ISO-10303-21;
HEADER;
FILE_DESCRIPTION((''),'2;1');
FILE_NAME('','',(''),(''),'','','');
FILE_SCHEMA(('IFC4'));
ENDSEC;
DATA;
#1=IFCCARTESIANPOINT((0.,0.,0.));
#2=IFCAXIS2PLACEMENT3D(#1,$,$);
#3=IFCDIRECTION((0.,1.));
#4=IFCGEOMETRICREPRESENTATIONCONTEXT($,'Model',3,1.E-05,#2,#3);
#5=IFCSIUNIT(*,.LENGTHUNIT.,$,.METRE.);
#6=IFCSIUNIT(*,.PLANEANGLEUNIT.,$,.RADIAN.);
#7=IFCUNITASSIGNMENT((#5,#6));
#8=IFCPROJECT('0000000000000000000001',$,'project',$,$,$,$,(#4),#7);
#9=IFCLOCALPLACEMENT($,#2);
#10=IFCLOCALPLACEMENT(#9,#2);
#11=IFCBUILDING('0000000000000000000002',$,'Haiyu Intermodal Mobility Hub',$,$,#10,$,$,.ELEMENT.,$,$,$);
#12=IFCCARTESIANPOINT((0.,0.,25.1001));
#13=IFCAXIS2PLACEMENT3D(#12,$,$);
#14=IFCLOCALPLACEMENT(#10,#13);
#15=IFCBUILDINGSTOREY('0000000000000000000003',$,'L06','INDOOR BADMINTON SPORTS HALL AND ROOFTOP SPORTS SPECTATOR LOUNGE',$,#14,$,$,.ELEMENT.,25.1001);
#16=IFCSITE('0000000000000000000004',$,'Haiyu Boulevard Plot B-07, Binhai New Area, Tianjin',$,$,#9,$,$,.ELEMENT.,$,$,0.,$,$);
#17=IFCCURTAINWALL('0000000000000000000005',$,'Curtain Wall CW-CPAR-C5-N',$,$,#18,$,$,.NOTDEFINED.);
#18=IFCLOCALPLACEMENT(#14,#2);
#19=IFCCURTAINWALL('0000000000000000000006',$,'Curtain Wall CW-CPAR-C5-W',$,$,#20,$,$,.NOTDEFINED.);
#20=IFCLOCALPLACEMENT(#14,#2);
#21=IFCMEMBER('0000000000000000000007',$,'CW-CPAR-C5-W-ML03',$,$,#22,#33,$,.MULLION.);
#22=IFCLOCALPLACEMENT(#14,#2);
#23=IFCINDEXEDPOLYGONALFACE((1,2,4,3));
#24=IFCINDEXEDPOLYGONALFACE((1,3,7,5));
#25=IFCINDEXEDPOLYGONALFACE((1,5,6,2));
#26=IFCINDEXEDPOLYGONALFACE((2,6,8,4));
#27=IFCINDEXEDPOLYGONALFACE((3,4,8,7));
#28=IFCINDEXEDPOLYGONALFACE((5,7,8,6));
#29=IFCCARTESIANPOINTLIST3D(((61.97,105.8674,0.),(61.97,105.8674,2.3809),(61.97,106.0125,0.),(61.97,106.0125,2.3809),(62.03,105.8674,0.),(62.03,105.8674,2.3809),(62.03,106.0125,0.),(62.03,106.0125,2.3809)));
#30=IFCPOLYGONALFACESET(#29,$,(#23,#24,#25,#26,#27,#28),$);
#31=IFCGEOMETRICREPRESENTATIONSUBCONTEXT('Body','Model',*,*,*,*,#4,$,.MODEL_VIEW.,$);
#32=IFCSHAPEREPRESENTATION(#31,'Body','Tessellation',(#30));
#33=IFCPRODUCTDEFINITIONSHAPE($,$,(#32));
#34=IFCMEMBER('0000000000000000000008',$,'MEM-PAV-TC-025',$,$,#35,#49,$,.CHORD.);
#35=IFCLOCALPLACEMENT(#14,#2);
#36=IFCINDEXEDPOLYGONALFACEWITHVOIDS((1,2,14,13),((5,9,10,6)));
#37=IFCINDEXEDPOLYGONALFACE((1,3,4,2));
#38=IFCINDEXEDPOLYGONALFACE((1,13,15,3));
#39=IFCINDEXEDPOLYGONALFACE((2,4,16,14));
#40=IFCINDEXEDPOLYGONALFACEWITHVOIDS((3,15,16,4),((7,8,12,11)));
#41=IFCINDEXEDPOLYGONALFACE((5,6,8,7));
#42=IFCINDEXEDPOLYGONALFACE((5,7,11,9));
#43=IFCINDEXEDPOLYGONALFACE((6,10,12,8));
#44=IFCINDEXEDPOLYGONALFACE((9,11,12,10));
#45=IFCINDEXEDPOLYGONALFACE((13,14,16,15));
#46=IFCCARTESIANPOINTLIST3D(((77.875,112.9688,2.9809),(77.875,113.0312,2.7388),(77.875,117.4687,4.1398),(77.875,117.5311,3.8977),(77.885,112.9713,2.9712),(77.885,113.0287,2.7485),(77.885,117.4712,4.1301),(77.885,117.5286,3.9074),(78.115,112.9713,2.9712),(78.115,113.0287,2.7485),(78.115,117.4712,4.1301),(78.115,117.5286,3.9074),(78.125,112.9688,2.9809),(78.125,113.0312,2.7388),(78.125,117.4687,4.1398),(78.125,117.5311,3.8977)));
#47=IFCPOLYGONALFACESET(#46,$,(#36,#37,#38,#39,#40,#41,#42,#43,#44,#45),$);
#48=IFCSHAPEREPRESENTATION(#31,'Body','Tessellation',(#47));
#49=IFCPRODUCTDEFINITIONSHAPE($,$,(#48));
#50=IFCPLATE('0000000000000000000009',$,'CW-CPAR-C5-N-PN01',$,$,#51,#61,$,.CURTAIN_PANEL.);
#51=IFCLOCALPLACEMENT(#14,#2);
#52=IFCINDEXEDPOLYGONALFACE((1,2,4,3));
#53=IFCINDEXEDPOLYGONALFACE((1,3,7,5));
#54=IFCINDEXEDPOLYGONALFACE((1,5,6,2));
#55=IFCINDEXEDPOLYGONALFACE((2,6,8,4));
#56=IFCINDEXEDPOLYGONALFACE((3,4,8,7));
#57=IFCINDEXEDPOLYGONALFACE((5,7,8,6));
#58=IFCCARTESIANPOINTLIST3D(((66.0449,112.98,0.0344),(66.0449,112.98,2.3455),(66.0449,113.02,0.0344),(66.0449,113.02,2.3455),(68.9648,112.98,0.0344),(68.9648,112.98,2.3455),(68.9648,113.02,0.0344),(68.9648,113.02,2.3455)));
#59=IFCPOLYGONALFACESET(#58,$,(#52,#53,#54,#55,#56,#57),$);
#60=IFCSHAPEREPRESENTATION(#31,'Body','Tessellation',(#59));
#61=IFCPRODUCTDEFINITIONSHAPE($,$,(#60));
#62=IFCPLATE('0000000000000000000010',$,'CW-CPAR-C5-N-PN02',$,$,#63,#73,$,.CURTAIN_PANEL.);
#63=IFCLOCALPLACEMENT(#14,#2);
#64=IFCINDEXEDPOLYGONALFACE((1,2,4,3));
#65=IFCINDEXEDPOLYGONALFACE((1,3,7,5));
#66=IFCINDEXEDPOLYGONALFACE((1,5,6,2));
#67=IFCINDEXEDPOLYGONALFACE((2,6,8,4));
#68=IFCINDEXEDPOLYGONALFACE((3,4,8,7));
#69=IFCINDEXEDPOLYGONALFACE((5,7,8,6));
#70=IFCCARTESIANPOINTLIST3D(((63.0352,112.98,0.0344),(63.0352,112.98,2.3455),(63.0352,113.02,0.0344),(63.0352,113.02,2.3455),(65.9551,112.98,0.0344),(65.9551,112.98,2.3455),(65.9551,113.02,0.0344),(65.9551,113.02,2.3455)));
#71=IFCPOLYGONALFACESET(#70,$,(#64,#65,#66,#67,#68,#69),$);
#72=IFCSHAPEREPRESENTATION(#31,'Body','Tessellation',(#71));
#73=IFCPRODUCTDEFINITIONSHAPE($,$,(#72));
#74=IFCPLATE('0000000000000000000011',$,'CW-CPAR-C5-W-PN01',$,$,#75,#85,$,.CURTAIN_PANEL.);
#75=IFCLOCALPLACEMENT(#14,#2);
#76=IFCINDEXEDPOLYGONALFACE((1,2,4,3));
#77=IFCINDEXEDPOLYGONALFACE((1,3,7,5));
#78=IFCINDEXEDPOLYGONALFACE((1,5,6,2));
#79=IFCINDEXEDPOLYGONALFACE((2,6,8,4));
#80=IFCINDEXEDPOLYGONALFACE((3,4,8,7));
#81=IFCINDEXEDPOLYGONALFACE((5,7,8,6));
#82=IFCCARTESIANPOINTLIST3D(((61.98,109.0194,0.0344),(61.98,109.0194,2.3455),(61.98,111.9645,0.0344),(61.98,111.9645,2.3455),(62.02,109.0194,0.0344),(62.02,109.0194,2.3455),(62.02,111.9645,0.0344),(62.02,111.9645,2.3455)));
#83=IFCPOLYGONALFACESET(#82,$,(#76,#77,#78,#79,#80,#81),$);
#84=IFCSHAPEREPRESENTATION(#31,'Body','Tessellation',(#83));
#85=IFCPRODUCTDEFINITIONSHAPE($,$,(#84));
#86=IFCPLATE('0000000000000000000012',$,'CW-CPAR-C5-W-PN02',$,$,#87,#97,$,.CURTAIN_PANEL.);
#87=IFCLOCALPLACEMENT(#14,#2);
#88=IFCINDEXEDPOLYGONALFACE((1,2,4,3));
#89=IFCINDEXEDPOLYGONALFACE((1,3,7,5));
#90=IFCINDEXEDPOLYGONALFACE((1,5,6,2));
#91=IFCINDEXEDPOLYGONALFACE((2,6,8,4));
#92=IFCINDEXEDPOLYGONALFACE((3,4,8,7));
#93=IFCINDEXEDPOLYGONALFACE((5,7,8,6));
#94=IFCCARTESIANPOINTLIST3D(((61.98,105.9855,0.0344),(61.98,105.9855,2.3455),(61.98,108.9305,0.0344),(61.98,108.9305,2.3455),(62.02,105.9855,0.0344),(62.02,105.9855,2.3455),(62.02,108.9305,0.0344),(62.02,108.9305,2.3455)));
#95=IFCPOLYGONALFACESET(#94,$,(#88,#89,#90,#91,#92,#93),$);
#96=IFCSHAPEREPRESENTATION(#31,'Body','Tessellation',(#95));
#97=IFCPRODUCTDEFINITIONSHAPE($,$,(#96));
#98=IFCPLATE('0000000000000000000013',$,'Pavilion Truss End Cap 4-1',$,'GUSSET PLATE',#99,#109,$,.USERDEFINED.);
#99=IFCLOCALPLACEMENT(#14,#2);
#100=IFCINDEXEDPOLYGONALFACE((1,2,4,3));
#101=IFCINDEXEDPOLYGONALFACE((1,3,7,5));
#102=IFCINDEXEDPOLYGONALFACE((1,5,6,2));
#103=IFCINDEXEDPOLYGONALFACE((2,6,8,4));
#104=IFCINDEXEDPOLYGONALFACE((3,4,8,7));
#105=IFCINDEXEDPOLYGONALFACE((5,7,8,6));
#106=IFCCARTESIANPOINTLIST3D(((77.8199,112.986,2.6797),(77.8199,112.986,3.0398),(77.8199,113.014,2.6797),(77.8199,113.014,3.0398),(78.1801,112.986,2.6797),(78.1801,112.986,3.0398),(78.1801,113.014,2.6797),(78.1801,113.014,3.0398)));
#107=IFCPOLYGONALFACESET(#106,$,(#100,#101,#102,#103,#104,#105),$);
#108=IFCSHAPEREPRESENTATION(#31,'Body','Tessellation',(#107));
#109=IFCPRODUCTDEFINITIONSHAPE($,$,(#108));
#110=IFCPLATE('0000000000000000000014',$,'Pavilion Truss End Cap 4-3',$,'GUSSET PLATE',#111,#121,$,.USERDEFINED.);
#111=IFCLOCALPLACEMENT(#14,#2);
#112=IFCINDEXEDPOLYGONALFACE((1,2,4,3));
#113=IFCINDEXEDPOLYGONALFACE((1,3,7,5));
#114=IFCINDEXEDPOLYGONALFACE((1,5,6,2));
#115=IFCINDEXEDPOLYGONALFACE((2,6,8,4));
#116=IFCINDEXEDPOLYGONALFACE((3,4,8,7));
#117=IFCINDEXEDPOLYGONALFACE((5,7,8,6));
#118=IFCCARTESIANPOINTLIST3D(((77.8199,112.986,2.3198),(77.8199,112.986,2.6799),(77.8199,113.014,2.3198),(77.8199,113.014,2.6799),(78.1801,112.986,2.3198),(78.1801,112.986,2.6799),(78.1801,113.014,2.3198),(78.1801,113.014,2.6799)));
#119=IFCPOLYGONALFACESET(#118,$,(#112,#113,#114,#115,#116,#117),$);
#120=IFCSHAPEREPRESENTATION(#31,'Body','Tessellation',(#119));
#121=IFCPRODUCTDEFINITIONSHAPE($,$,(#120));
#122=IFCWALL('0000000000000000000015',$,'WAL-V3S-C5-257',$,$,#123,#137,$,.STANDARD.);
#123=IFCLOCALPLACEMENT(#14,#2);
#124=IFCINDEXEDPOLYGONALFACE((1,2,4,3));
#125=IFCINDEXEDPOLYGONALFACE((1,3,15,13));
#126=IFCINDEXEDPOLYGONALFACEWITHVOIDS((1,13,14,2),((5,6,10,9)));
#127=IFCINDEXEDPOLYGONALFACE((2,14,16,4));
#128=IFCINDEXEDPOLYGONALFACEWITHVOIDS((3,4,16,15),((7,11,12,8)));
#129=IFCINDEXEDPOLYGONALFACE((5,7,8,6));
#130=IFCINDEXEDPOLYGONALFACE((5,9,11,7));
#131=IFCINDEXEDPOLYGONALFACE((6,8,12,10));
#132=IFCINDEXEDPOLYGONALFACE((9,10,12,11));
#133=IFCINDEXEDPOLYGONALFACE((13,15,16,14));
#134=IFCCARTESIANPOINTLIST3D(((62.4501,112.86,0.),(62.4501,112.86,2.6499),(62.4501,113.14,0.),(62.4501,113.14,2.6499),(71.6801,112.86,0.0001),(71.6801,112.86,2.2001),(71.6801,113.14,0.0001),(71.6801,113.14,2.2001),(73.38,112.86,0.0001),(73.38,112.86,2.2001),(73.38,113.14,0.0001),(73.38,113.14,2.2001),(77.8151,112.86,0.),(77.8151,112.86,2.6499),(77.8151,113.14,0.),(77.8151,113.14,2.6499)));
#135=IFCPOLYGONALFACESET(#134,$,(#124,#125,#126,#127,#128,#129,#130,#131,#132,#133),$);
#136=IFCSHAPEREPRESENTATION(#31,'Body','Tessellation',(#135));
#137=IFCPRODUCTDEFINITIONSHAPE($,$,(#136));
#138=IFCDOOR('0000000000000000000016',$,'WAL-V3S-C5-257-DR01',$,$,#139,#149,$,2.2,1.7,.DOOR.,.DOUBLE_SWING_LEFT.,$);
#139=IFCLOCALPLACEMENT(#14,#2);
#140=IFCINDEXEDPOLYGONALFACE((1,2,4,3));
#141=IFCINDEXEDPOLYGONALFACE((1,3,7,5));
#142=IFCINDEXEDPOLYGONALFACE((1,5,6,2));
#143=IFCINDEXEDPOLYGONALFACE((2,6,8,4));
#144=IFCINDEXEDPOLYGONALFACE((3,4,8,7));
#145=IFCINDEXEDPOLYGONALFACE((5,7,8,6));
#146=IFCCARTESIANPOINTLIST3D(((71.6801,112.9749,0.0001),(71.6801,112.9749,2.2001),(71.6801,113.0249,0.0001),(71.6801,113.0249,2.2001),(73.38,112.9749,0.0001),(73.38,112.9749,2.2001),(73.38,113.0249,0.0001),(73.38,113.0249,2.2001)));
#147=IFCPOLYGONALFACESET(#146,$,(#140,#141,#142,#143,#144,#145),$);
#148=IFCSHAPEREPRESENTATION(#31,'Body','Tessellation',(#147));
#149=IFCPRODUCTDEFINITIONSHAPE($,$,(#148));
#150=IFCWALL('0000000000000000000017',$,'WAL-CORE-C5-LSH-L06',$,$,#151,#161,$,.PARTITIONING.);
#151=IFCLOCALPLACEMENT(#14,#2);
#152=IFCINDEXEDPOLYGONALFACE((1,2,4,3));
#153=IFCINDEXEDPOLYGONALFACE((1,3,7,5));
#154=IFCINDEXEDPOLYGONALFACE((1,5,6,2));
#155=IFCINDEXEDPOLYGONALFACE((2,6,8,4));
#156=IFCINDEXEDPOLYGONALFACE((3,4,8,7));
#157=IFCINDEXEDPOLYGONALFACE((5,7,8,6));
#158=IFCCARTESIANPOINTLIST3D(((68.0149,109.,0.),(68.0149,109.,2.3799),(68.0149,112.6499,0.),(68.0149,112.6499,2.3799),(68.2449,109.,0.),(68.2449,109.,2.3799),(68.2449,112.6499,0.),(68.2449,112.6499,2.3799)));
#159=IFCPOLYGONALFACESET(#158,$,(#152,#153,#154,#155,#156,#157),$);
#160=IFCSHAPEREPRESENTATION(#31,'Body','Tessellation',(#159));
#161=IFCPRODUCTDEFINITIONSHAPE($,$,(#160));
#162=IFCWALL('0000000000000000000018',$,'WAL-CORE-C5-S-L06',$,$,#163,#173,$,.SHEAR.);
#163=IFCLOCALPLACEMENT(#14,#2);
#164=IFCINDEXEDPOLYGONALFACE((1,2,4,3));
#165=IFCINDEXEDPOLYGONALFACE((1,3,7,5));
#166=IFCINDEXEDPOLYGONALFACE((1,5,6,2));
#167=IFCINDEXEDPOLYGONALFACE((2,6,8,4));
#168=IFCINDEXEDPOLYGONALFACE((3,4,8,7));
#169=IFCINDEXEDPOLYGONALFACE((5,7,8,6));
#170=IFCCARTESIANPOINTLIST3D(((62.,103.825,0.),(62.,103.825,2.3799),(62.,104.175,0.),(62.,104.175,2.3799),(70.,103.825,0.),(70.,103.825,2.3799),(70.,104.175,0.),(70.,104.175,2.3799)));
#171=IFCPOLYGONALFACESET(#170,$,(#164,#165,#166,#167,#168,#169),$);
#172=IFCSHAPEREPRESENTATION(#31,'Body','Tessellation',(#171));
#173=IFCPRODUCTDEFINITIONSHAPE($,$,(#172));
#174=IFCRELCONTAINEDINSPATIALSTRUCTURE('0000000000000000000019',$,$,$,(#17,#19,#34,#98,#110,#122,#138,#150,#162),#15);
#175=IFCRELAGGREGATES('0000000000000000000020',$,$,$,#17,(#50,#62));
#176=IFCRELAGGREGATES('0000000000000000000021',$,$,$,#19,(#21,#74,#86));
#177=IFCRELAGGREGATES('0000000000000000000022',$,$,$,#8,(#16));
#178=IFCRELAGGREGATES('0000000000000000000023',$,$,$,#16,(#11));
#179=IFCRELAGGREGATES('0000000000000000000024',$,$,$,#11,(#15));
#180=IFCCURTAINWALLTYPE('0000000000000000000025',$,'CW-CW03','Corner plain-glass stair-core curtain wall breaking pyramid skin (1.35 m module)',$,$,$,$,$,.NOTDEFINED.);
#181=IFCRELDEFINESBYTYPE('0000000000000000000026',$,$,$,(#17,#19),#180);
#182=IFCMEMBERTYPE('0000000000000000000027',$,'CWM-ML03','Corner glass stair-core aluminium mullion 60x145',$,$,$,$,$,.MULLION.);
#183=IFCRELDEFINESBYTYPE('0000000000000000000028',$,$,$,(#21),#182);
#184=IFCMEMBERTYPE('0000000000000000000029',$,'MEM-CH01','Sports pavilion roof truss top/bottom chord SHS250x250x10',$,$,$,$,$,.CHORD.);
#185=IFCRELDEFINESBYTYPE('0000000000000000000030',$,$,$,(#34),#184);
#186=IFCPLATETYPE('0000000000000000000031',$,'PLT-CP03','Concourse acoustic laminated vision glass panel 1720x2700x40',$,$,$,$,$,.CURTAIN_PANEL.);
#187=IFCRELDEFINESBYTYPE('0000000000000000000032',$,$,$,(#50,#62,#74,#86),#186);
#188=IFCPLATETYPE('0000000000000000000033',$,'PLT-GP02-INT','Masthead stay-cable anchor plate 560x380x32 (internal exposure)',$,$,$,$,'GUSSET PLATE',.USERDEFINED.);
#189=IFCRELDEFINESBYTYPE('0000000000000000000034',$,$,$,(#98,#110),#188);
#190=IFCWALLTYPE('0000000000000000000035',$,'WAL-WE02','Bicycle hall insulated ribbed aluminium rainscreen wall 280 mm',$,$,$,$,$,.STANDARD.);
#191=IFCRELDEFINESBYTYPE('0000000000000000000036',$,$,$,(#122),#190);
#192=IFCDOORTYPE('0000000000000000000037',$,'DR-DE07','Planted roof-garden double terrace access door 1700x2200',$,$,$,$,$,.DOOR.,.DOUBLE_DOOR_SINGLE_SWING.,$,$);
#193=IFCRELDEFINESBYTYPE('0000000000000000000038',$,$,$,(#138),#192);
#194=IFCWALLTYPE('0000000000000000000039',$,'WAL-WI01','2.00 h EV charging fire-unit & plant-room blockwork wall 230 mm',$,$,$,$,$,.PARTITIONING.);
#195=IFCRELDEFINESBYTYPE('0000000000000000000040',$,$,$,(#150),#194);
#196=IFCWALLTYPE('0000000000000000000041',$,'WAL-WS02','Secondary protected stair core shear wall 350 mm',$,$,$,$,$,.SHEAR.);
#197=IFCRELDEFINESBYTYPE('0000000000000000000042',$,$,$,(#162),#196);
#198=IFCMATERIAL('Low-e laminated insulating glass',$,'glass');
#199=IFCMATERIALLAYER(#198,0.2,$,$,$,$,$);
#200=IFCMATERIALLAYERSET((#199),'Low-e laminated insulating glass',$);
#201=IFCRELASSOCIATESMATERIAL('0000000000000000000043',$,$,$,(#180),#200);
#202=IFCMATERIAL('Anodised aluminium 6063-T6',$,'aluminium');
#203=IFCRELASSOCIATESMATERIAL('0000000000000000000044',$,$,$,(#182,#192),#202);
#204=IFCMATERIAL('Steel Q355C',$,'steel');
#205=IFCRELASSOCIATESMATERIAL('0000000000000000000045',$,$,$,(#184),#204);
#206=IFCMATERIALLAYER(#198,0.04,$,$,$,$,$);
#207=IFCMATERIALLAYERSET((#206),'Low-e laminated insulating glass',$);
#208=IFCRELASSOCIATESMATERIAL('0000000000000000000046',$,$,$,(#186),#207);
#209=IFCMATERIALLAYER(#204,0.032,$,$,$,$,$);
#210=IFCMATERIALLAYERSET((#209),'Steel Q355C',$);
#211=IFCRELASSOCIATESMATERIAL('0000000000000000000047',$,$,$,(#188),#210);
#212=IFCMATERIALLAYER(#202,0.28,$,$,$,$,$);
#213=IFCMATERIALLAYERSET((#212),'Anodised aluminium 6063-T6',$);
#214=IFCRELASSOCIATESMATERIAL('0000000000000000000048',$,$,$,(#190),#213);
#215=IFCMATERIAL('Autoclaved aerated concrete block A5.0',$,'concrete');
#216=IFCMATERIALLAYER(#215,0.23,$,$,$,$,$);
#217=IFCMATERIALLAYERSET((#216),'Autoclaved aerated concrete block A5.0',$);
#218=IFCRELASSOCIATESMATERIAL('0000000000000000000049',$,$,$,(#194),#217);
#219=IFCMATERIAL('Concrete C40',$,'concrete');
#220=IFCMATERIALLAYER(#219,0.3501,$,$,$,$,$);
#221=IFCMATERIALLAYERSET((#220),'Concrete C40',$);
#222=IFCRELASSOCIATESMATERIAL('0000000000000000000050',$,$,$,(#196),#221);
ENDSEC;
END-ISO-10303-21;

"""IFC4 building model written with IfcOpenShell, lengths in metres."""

from ifc_helpers import new_model, si_unit, direction, frame, frame_2d, origin, origin_2d, place, context, subcontext, project, spatial, rectangle, hollow_rectangle, extrude, material, layer, layer_set, material_profile, profile_set, type_object, element, fill, aggregate, save


model = new_model("IFC4")

# Units and contexts
model_context = context("Model", 3, precision=1e-05, world=origin(), true_north=direction((0.0, 1.0)))
body_context = subcontext(model_context, "Body", "Model", "MODEL_VIEW")
ifc_project = project(units=[si_unit("LENGTHUNIT", "METRE"), si_unit("PLANEANGLEUNIT", "RADIAN")], contexts=[model_context])

# Site, building, storey
site_placement = place(None, origin())
site = spatial("IfcSite", under=ifc_project, at=site_placement, Name="Haiyu Boulevard Plot B-07, Binhai New Area, Tianjin", CompositionType="ELEMENT", RefElevation=0.0)
building_placement = place(site_placement, origin())
building = spatial("IfcBuilding", under=site, at=building_placement, Name="Haiyu Intermodal Mobility Hub", CompositionType="ELEMENT")
storey_placement = place(building_placement, frame((0.0, 0.0, 25.1001)))
storey = spatial("IfcBuildingStorey", under=building, at=storey_placement, Name="L06", Description="INDOOR BADMINTON SPORTS HALL AND ROOFTOP SPORTS SPECTATOR LOUNGE", CompositionType="ELEMENT", Elevation=25.1001)

# Shared definitions
ifc_material_1 = material(Name="Steel Q355C", Category="steel")

# Curtain walls, member
ifc_material_2 = material(Name="Low-e laminated insulating glass", Category="glass")
ifc_layer_1 = layer(ifc_material_2, 0.2)
ifc_layer_set_1 = layer_set([ifc_layer_1], Name="Low-e laminated insulating glass")
curtain_wall_type = type_object("IfcCurtainWallType", Name="CW-CW03", Description="Corner plain-glass stair-core curtain wall breaking pyramid skin (1.35 m module)", PredefinedType="NOTDEFINED", material=ifc_layer_set_1)
curtain_wall_1_placement = place(storey_placement, origin())
curtain_wall_1 = element("IfcCurtainWall", 1, at=curtain_wall_1_placement, inside=storey, type_object=curtain_wall_type, Name="Curtain Wall CW-CPAR-C5-N", PredefinedType="NOTDEFINED")
ifc_material_3 = material(Name="Anodised aluminium 6063-T6", Category="aluminium")
ifc_material_profile_1 = material_profile(ifc_material_3, rectangle(XDim=0.0601, YDim=0.145, at=origin_2d()), Name="ALU60x145")
ifc_profile_set_1 = profile_set([ifc_material_profile_1], Name="Anodised aluminium 6063-T6")
member_type_1 = type_object("IfcMemberType", Name="CWM-ML03", Description="Corner glass stair-core aluminium mullion 60x145", PredefinedType="MULLION", material=ifc_profile_set_1)
curtain_wall_2_placement = place(storey_placement, origin())
curtain_wall_2 = element("IfcCurtainWall", 2, at=curtain_wall_2_placement, inside=storey, type_object=curtain_wall_type, Name="Curtain Wall CW-CPAR-C5-W", PredefinedType="NOTDEFINED")
member_1_placement = place(storey_placement, frame((62.0, 105.9399, 0.0), z_axis=(0.0, 0.0, 1.0), x_axis=(1.0, 0.0, 0.0)))
member_1 = element("IfcMember", 3, at=member_1_placement, type_object=member_type_1, Name="CW-CPAR-C5-W-ML03", PredefinedType="MULLION", context=body_context, shape_type="SweptSolid", body=[
    extrude(rectangle(XDim=0.0601, YDim=0.145, at=origin_2d()), origin(), (0.0, 0.0, 1.0), 2.3809),
])

# Member
ifc_material_profile_2 = material_profile(ifc_material_1, hollow_rectangle(XDim=0.25, YDim=0.25, WallThickness=0.01, at=origin_2d()), Name="SHS250x250x10")
ifc_profile_set_2 = profile_set([ifc_material_profile_2], Name="Steel Q355C")
member_type_2 = type_object("IfcMemberType", Name="MEM-CH01", Description="Sports pavilion roof truss top/bottom chord SHS250x250x10", PredefinedType="CHORD", material=ifc_profile_set_2)
member_2_placement = place(storey_placement, frame((78.0, 113.0, 2.8599), z_axis=(0.0, 0.9684, 0.249403), x_axis=(-1.0, 0.0, 0.0)))
element("IfcMember", 4, at=member_2_placement, inside=storey, type_object=member_type_2, Name="MEM-PAV-TC-025", PredefinedType="CHORD", context=body_context, shape_type="SweptSolid", body=[
    extrude(hollow_rectangle(XDim=0.25, YDim=0.25, WallThickness=0.01, at=origin_2d()), origin(), (0.0, 0.0, 1.0), 4.6467),
])

# Plates
ifc_layer_2 = layer(ifc_material_2, 0.04)
ifc_layer_set_2 = layer_set([ifc_layer_2], Name="Low-e laminated insulating glass")
plate_type_1 = type_object("IfcPlateType", Name="PLT-CP03", Description="Concourse acoustic laminated vision glass panel 1720x2700x40", PredefinedType="CURTAIN_PANEL", material=ifc_layer_set_2)
plate_1_placement = place(storey_placement, frame((67.5049, 113.0, 0.0344), z_axis=(0.0, 0.0, 1.0), x_axis=(-1.0, 0.0, 0.0)))
plate_1 = element("IfcPlate", 5, at=plate_1_placement, type_object=plate_type_1, Name="CW-CPAR-C5-N-PN01", PredefinedType="CURTAIN_PANEL", context=body_context, shape_type="SweptSolid", body=[
    extrude(rectangle(XDim=2.9199, YDim=0.04, at=origin_2d()), origin(), (0.0, 0.0, 1.0), 2.311),
])
plate_2_placement = place(storey_placement, frame((64.4951, 113.0, 0.0344), z_axis=(0.0, 0.0, 1.0), x_axis=(-1.0, 0.0, 0.0)))
plate_2 = element("IfcPlate", 6, at=plate_2_placement, type_object=plate_type_1, Name="CW-CPAR-C5-N-PN02", PredefinedType="CURTAIN_PANEL", context=body_context, shape_type="SweptSolid", body=[
    extrude(rectangle(XDim=2.9199, YDim=0.04, at=origin_2d()), origin(), (0.0, 0.0, 1.0), 2.311),
])
aggregate(curtain_wall_1, [plate_1, plate_2])
plate_3_placement = place(storey_placement, frame((62.0, 110.4919, 0.0344), z_axis=(0.0, 0.0, 1.0), x_axis=(0.0, -1.0, 0.0)))
plate_3 = element("IfcPlate", 7, at=plate_3_placement, type_object=plate_type_1, Name="CW-CPAR-C5-W-PN01", PredefinedType="CURTAIN_PANEL", context=body_context, shape_type="SweptSolid", body=[
    extrude(rectangle(XDim=2.9451, YDim=0.04, at=origin_2d()), origin(), (0.0, 0.0, 1.0), 2.311),
])
plate_4_placement = place(storey_placement, frame((62.0, 107.458, 0.0344), z_axis=(0.0, 0.0, 1.0), x_axis=(0.0, -1.0, 0.0)))
plate_4 = element("IfcPlate", 8, at=plate_4_placement, type_object=plate_type_1, Name="CW-CPAR-C5-W-PN02", PredefinedType="CURTAIN_PANEL", context=body_context, shape_type="SweptSolid", body=[
    extrude(rectangle(XDim=2.9451, YDim=0.04, at=origin_2d()), origin(), (0.0, 0.0, 1.0), 2.311),
])
aggregate(curtain_wall_2, [member_1, plate_3, plate_4])

# Plates
ifc_layer_3 = layer(ifc_material_1, 0.032)
ifc_layer_set_3 = layer_set([ifc_layer_3], Name="Steel Q355C")
plate_type_2 = type_object("IfcPlateType", Name="PLT-GP02-INT", Description="Masthead stay-cable anchor plate 560x380x32 (internal exposure)", ElementType="GUSSET PLATE", PredefinedType="USERDEFINED", material=ifc_layer_set_3)
for number, where, z_axis, x_axis, name in (
    (9, (78.0, 113.0, 2.6797), (0.0, 0.0, 1.0), (1.0, 0.0, 0.0), "Pavilion Truss End Cap 4-1"),
    (10, (78.0, 113.0, 2.3198), (0.0, 0.0, 1.0), (1.0, 0.0, 0.0), "Pavilion Truss End Cap 4-3"),
):
    element("IfcPlate", number, at=place(storey_placement, frame(where, z_axis=z_axis, x_axis=x_axis)), inside=storey, type_object=plate_type_2, Name=name, ObjectType="GUSSET PLATE", PredefinedType="USERDEFINED", context=body_context, shape_type="SweptSolid", body=[
        extrude(rectangle(XDim=0.3601, YDim=0.0281, at=origin_2d()), origin(), (0.0, 0.0, 1.0), 0.3601),
    ])

# Wall, opening, door
ifc_layer_4 = layer(ifc_material_3, 0.28)
ifc_layer_set_4 = layer_set([ifc_layer_4], Name="Anodised aluminium 6063-T6")
wall_type_1 = type_object("IfcWallType", Name="WAL-WE02", Description="Bicycle hall insulated ribbed aluminium rainscreen wall 280 mm", PredefinedType="STANDARD", material=ifc_layer_set_4)
wall_1_placement = place(storey_placement, frame((62.45, 113.0, 0.0), z_axis=(0.0, 0.0, 1.0), x_axis=(1.0, 0.0, 0.0)))
wall_1 = element("IfcWall", 11, at=wall_1_placement, inside=storey, type_object=wall_type_1, Name="WAL-V3S-C5-257", PredefinedType="STANDARD", context=body_context, shape_type="SweptSolid", body=[
    extrude(rectangle(XDim=15.365, YDim=0.28, at=frame_2d((7.6826, 0.0))), origin(), (0.0, 0.0, 1.0), 2.6499),
])
opening_1_placement = place(wall_1_placement, frame((9.23, 0.0, 0.0)))
opening_1 = element("IfcOpeningElement", 12, at=opening_1_placement, cuts=wall_1, PredefinedType="OPENING", context=body_context, shape_type="SweptSolid", body=[
    extrude(rectangle(XDim=1.7, YDim=2.2, at=frame_2d((0.8501, 1.1001))), frame((0.0, 0.1499, 0.0), z_axis=(0.0, -1.0, 0.0), x_axis=(1.0, 0.0, 0.0)), (0.0, 0.0, 1.0), 0.3),
])
door_type_1 = type_object("IfcDoorType", Name="DR-DE07", Description="Planted roof-garden double terrace access door 1700x2200", OperationType="DOUBLE_DOOR_SINGLE_SWING", PredefinedType="DOOR", material=ifc_material_3)
door_1_placement = place(opening_1_placement, origin())
door_1 = element("IfcDoor", 13, at=door_1_placement, inside=storey, type_object=door_type_1, Name="WAL-V3S-C5-257-DR01", OperationType="DOUBLE_SWING_LEFT", OverallHeight=2.2, OverallWidth=1.7, PredefinedType="DOOR", context=body_context, shape_type="SweptSolid", body=[
    extrude(rectangle(XDim=1.7, YDim=2.2, at=frame_2d((0.8501, 1.1001))), frame((0.0, 0.0249, 0.0), z_axis=(0.0, -1.0, 0.0), x_axis=(1.0, 0.0, 0.0)), (0.0, 0.0, 1.0), 0.05),
])
fill(opening_1, door_1)

# Wall
ifc_material_4 = material(Name="Autoclaved aerated concrete block A5.0", Category="concrete")
ifc_layer_5 = layer(ifc_material_4, 0.23)
ifc_layer_set_5 = layer_set([ifc_layer_5], Name="Autoclaved aerated concrete block A5.0")
wall_type_2 = type_object("IfcWallType", Name="WAL-WI01", Description="2.00 h EV charging fire-unit & plant-room blockwork wall 230 mm", PredefinedType="PARTITIONING", material=ifc_layer_set_5)
wall_2_placement = place(storey_placement, frame((68.1299, 109.0, 0.0), z_axis=(0.0, 0.0, 1.0), x_axis=(0.0, 1.0, 0.0)))
element("IfcWall", 14, at=wall_2_placement, inside=storey, type_object=wall_type_2, Name="WAL-CORE-C5-LSH-L06", PredefinedType="PARTITIONING", context=body_context, shape_type="SweptSolid", body=[
    extrude(rectangle(XDim=3.6499, YDim=0.23, at=frame_2d((1.825, 0.0))), origin(), (0.0, 0.0, 1.0), 2.3799),
])

# Wall
ifc_material_5 = material(Name="Concrete C40", Category="concrete")
ifc_layer_6 = layer(ifc_material_5, 0.3501)
ifc_layer_set_6 = layer_set([ifc_layer_6], Name="Concrete C40")
wall_type_3 = type_object("IfcWallType", Name="WAL-WS02", Description="Secondary protected stair core shear wall 350 mm", PredefinedType="SHEAR", material=ifc_layer_set_6)
wall_3_placement = place(storey_placement, frame((62.0, 104.0, 0.0), z_axis=(0.0, 0.0, 1.0), x_axis=(1.0, 0.0, 0.0)))
element("IfcWall", 15, at=wall_3_placement, inside=storey, type_object=wall_type_3, Name="WAL-CORE-C5-S-L06", PredefinedType="SHEAR", context=body_context, shape_type="SweptSolid", body=[
    extrude(rectangle(XDim=8.0, YDim=0.3501, at=frame_2d((4.0, 0.0))), origin(), (0.0, 0.0, 1.0), 2.3799),
])

save(model, "model.ifc")
